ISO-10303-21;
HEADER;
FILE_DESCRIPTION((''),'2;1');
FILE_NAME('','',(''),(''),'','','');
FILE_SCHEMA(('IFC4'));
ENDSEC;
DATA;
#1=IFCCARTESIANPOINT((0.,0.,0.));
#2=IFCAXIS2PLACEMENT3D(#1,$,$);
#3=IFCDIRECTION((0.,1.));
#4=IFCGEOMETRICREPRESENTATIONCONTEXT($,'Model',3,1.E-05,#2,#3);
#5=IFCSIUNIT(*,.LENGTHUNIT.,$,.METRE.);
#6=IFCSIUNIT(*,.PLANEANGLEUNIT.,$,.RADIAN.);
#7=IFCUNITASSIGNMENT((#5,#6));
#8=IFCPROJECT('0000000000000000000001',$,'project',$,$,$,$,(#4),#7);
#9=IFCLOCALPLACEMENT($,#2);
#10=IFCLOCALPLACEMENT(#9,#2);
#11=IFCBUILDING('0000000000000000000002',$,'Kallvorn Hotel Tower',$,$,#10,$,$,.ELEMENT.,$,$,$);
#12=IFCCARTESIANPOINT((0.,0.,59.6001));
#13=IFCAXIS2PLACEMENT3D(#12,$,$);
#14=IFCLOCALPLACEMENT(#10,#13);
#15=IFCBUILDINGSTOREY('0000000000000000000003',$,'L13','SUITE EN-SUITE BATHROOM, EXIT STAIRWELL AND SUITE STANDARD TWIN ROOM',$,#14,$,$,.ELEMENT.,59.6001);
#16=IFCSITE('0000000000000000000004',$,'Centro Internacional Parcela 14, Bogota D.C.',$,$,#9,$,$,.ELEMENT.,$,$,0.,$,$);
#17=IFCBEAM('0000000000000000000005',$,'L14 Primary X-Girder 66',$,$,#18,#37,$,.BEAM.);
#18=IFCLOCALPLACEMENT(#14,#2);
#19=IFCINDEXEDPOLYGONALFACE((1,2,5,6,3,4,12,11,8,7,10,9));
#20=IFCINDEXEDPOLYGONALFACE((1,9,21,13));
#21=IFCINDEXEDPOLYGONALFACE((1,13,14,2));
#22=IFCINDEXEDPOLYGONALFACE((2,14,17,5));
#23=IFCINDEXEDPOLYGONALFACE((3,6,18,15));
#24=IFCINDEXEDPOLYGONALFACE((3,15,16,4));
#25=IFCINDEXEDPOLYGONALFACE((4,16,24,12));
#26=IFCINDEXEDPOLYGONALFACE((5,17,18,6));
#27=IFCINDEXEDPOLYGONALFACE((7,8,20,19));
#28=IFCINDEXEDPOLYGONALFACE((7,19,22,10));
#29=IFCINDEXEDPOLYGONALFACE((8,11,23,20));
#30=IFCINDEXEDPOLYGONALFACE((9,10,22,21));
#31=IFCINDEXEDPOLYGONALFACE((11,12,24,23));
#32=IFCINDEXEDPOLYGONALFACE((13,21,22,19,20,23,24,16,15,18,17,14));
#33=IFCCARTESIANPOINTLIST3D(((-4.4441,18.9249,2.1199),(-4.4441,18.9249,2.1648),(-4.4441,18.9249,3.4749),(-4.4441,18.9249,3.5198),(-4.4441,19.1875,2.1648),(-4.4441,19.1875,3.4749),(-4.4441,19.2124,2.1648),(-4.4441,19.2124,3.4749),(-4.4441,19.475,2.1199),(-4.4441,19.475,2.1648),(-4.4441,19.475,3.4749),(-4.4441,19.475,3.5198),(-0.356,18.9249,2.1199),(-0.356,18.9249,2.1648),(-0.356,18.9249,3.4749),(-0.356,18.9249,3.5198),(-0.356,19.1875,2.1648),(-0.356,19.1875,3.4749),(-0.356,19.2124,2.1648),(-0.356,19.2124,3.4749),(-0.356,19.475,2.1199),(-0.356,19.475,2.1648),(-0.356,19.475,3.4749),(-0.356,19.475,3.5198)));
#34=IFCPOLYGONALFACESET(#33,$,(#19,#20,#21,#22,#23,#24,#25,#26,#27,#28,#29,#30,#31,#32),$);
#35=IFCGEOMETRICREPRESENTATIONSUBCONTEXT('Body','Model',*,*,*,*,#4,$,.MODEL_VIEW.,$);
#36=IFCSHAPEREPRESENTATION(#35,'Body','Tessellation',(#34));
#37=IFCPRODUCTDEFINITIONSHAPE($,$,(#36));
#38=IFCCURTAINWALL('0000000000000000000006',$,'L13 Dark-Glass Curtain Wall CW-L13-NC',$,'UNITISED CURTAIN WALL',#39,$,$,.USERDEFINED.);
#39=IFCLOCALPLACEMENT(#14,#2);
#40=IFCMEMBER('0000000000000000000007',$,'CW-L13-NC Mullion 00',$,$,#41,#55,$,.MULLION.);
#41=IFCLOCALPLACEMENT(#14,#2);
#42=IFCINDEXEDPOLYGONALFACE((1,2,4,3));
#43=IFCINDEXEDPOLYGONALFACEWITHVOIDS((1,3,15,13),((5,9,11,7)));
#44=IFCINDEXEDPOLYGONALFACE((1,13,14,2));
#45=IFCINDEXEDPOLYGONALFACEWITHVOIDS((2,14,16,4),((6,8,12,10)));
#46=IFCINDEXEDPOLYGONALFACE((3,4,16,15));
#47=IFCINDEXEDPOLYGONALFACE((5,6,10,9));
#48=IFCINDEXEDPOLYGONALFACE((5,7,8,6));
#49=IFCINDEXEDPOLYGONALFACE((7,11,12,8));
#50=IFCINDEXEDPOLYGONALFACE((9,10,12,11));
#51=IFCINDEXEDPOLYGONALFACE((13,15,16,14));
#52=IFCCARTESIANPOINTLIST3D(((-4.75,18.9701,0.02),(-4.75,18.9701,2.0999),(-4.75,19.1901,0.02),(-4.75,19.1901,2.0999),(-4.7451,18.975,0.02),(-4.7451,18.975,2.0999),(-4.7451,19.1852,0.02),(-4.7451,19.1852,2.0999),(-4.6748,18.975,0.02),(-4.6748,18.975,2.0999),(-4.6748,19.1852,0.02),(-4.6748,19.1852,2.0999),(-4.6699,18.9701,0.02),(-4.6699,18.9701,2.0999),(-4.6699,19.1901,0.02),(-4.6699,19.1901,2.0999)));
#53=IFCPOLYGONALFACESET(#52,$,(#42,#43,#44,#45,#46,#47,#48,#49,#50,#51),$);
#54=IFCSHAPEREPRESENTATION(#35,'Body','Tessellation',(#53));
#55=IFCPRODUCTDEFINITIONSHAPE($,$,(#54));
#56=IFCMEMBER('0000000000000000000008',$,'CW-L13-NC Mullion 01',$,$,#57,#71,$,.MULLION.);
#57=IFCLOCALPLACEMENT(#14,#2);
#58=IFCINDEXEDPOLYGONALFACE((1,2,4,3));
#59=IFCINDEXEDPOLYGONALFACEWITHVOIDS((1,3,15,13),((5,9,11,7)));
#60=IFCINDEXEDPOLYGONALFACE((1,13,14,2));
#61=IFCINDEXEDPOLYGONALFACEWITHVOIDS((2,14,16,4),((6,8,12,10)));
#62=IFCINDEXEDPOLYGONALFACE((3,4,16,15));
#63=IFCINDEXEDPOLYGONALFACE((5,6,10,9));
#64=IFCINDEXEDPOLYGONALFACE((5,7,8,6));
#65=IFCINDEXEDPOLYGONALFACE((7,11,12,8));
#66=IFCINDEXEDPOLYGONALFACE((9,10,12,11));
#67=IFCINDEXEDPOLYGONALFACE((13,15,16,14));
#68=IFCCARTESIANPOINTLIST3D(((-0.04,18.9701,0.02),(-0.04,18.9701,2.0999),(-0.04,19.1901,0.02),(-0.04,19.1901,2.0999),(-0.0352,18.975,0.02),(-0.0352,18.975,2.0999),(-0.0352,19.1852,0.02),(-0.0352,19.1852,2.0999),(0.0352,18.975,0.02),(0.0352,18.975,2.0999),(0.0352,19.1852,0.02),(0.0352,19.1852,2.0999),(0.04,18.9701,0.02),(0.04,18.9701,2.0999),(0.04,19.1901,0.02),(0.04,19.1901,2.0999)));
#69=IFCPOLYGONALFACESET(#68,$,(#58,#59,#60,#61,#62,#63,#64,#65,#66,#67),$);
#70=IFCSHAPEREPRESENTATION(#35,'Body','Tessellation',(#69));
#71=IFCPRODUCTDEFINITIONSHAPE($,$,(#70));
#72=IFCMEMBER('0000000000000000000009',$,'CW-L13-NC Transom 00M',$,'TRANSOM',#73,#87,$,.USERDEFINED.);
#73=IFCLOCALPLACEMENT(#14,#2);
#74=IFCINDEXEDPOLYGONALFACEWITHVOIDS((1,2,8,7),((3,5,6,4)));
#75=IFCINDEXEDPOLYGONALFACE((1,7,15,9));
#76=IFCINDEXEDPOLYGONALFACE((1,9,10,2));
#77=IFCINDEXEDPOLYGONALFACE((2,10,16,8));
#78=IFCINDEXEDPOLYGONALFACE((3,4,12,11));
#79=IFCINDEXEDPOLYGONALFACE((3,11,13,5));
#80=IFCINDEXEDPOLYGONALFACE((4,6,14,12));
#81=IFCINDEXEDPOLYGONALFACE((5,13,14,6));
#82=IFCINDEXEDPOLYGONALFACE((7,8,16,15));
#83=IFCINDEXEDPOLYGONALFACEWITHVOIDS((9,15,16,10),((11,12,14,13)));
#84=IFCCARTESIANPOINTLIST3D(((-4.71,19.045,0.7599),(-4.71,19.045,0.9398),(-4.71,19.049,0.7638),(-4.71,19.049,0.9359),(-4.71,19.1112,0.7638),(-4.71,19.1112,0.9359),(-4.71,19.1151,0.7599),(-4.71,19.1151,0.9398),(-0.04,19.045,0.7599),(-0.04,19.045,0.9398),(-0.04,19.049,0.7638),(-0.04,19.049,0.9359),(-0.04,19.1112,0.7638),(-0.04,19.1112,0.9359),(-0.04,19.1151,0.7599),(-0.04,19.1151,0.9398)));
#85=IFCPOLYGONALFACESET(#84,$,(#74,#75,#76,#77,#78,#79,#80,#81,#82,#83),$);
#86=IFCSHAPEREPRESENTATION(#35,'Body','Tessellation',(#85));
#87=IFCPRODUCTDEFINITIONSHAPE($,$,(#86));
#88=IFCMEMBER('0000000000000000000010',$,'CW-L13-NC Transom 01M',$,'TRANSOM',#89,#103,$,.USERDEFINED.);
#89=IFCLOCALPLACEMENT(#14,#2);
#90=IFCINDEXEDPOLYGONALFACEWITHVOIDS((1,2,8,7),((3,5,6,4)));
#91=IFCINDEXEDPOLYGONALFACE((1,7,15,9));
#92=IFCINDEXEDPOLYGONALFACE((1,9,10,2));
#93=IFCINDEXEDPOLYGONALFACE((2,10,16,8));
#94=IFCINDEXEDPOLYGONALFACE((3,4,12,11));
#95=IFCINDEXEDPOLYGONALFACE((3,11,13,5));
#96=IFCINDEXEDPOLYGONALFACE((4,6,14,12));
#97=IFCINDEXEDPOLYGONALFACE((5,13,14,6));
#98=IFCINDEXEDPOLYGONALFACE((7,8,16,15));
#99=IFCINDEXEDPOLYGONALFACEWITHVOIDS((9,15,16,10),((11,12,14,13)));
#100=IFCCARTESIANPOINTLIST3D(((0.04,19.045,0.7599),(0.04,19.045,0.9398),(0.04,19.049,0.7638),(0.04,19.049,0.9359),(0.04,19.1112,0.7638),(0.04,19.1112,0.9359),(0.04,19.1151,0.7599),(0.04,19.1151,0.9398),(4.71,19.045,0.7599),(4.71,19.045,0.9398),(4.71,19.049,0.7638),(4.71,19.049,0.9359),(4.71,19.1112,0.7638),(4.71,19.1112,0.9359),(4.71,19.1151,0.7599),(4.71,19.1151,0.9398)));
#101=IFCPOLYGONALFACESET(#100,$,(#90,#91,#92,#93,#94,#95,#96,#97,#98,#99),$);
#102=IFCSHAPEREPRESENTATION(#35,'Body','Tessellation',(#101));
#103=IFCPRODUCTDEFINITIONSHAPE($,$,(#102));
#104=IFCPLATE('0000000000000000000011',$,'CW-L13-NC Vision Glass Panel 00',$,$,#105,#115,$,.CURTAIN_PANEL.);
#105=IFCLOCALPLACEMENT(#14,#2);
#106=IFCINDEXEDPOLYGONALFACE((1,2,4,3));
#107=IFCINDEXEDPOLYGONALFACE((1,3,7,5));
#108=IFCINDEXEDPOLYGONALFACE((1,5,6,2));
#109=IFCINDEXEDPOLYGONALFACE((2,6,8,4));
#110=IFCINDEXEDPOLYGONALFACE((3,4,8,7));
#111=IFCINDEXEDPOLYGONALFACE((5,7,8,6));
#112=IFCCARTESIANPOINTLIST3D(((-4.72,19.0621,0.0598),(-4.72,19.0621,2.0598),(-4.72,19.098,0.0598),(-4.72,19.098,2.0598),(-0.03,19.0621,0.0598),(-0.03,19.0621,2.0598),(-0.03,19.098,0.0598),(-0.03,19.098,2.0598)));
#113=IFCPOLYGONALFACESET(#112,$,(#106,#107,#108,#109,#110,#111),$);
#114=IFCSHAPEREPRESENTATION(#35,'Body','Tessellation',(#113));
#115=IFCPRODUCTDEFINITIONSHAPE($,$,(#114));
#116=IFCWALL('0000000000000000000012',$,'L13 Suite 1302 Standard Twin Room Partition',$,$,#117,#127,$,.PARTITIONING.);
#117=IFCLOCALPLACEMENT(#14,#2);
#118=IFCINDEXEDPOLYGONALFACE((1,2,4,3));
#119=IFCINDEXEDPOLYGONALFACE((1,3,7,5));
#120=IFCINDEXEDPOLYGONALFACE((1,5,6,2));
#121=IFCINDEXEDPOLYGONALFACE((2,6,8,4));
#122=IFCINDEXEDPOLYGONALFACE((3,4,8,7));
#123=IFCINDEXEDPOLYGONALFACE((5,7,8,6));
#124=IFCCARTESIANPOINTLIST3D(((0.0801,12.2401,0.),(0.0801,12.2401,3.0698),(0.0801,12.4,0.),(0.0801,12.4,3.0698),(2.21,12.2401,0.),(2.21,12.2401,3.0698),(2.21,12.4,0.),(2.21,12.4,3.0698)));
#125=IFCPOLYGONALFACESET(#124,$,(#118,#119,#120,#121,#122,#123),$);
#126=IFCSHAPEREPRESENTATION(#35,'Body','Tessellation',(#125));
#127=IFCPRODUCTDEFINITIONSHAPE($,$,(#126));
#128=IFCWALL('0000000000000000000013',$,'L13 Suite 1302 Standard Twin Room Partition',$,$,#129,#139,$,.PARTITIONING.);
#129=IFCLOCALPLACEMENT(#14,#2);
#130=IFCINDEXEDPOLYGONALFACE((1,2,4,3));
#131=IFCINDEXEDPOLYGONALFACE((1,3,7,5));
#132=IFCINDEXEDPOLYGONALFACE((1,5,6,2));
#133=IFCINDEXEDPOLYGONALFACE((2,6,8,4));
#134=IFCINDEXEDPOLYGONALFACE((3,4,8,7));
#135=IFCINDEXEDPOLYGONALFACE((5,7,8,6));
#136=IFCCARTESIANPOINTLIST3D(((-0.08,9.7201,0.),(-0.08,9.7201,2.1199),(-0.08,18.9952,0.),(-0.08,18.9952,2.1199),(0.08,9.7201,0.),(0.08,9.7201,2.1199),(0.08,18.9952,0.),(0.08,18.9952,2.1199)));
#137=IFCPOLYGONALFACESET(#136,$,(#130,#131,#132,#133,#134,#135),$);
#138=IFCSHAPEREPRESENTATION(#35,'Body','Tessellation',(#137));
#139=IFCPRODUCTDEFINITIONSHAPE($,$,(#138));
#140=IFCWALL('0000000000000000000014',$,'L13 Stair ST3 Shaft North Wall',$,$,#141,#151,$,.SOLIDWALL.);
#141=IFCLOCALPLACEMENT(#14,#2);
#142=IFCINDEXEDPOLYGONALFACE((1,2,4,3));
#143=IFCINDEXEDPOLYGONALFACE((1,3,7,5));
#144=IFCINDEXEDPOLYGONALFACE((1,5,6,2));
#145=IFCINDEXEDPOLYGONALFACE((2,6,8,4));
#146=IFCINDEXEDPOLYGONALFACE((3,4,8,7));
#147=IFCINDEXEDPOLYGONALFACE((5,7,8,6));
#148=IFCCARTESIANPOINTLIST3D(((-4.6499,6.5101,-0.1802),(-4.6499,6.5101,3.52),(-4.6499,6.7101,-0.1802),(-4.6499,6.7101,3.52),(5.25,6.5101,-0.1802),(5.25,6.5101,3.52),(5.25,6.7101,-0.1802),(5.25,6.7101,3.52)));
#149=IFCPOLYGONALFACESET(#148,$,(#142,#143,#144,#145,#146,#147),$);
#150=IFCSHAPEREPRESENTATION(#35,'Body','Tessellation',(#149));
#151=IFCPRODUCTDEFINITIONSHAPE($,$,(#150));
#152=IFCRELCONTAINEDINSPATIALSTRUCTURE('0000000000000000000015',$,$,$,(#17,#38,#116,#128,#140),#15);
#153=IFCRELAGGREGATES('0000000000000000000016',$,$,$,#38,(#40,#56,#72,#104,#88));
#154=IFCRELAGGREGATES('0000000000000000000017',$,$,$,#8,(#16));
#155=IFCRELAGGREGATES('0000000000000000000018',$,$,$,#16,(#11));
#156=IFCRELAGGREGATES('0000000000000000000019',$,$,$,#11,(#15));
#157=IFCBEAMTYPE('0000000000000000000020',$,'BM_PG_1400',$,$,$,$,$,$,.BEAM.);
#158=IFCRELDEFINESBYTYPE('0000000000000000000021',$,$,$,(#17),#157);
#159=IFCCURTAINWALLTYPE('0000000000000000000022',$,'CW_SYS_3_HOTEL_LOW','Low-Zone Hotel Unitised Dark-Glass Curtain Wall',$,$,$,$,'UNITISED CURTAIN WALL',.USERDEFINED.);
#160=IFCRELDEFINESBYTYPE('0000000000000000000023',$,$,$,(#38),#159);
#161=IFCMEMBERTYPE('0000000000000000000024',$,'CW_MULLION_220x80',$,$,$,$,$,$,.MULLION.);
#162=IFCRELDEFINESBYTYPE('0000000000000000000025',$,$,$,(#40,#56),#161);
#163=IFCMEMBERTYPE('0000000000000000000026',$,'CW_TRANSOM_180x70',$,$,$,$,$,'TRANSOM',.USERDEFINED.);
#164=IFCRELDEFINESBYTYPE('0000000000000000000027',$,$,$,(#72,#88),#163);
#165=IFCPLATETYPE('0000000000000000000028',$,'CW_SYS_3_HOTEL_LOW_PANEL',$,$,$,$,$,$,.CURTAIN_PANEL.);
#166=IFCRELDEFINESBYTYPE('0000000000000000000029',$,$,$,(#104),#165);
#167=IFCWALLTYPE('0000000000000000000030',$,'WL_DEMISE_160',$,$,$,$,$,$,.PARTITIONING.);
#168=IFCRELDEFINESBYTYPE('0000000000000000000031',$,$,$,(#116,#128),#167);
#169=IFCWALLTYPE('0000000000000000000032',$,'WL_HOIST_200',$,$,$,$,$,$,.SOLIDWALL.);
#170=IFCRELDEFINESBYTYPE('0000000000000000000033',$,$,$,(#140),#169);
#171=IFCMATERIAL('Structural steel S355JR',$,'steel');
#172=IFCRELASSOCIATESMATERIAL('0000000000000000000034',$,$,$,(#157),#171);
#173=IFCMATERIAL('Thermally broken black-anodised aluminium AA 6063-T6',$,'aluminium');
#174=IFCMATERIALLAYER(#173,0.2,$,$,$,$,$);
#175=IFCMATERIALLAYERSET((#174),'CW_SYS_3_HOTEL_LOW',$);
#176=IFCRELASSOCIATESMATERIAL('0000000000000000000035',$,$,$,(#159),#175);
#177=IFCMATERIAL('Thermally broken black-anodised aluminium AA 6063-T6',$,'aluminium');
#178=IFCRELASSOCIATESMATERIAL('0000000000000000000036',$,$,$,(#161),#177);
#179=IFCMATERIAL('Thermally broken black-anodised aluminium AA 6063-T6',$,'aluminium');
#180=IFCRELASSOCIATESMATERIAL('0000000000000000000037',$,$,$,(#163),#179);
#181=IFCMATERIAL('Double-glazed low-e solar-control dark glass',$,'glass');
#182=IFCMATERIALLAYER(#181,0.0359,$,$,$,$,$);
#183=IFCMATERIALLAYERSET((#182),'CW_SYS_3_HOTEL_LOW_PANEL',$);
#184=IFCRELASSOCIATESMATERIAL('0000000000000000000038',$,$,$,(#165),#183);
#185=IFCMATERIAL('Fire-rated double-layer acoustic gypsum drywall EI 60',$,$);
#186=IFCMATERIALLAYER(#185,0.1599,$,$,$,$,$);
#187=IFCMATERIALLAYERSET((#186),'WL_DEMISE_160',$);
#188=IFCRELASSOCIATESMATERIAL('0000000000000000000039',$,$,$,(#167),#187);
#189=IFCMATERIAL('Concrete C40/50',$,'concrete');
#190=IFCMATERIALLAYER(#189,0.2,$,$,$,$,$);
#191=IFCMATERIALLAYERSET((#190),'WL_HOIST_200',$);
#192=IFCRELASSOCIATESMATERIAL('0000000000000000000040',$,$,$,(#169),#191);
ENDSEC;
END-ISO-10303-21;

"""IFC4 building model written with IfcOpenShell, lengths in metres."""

from ifc_helpers import new_model, si_unit, direction, frame, frame_2d, origin, origin_2d, place, context, subcontext, project, spatial, rectangle, hollow_rectangle, i_section, extrude, material, layer, layer_set, material_profile, profile_set, type_object, element, aggregate, save


model = new_model("IFC4")

# Units and contexts
model_context = context("Model", 3, precision=1e-05, world=origin(), true_north=direction((0.0, 1.0)))
body_context = subcontext(model_context, "Body", "Model", "MODEL_VIEW")
ifc_project = project(units=[si_unit("LENGTHUNIT", "METRE"), si_unit("PLANEANGLEUNIT", "RADIAN")], contexts=[model_context])

# Site, building, storey
site_placement = place(None, origin())
site = spatial("IfcSite", under=ifc_project, at=site_placement, Name="Centro Internacional Parcela 14, Bogota D.C.", CompositionType="ELEMENT", RefElevation=0.0)
building_placement = place(site_placement, origin())
building = spatial("IfcBuilding", under=site, at=building_placement, Name="Kallvorn Hotel Tower", CompositionType="ELEMENT")
storey_placement = place(building_placement, frame((0.0, 0.0, 59.6001)))
storey = spatial("IfcBuildingStorey", under=building, at=storey_placement, Name="L13", Description="SUITE EN-SUITE BATHROOM, EXIT STAIRWELL AND SUITE STANDARD TWIN ROOM", CompositionType="ELEMENT", Elevation=59.6001)

# Beam
ifc_material_1 = material(Name="Structural steel S355JR", Category="steel")
ifc_material_profile_1 = material_profile(ifc_material_1, i_section(OverallWidth=0.55, OverallDepth=1.3999, WebThickness=0.0249, FlangeThickness=0.0449, at=origin_2d()), Name="PG 1400x550x25x45")
ifc_profile_set_1 = profile_set([ifc_material_profile_1], Name="Structural steel S355JR")
beam_type_1 = type_object("IfcBeamType", Name="BM_PG_1400", PredefinedType="BEAM", material=ifc_profile_set_1)
beam_1_placement = place(storey_placement, frame((-4.4441, 19.2, 2.8198), z_axis=(1.0, 0.0, 0.0), x_axis=(0.0, 1.0, 0.0)))
element("IfcBeam", 1, at=beam_1_placement, inside=storey, type_object=beam_type_1, Name="L14 Primary X-Girder 66", PredefinedType="BEAM", context=body_context, shape_type="SweptSolid", body=[
    extrude(i_section(OverallWidth=0.55, OverallDepth=1.3999, WebThickness=0.0249, FlangeThickness=0.0449, at=origin_2d()), origin(), (0.0, 0.0, 1.0), 4.0881),
])

# Curtain wall, members, plate
ifc_material_2 = material(Name="Thermally broken black-anodised aluminium AA 6063-T6", Category="aluminium")
ifc_layer_1 = layer(ifc_material_2, 0.2)
ifc_layer_set_1 = layer_set([ifc_layer_1], Name="CW_SYS_3_HOTEL_LOW")
curtain_wall_type = type_object("IfcCurtainWallType", Name="CW_SYS_3_HOTEL_LOW", Description="Low-Zone Hotel Unitised Dark-Glass Curtain Wall", ElementType="UNITISED CURTAIN WALL", PredefinedType="USERDEFINED", material=ifc_layer_set_1)
curtain_wall_placement = place(storey_placement, origin())
curtain_wall = element("IfcCurtainWall", 2, at=curtain_wall_placement, inside=storey, type_object=curtain_wall_type, Name="L13 Dark-Glass Curtain Wall CW-L13-NC", ObjectType="UNITISED CURTAIN WALL", PredefinedType="USERDEFINED")
ifc_material_3 = material(Name="Thermally broken black-anodised aluminium AA 6063-T6", Category="aluminium")
ifc_material_profile_2 = material_profile(ifc_material_3, hollow_rectangle(XDim=0.0801, YDim=0.22, WallThickness=0.0049, at=origin_2d()), Name="MUL 220x80")
ifc_profile_set_2 = profile_set([ifc_material_profile_2], Name="Thermally broken black-anodised aluminium AA 6063-T6")
member_type_1 = type_object("IfcMemberType", Name="CW_MULLION_220x80", PredefinedType="MULLION", material=ifc_profile_set_2)
member_1_placement = place(storey_placement, frame((-4.71, 19.0801, 0.02), z_axis=(0.0, 0.0, 1.0), x_axis=(1.0, 0.0, 0.0)))
member_1 = element("IfcMember", 3, at=member_1_placement, type_object=member_type_1, Name="CW-L13-NC Mullion 00", PredefinedType="MULLION", context=body_context, shape_type="SweptSolid", body=[
    extrude(hollow_rectangle(XDim=0.0801, YDim=0.22, WallThickness=0.0049, at=origin_2d()), origin(), (0.0, 0.0, 1.0), 2.0798),
])
member_2_placement = place(storey_placement, frame((0.0, 19.0801, 0.02), z_axis=(0.0, 0.0, 1.0), x_axis=(1.0, 0.0, 0.0)))
member_2 = element("IfcMember", 4, at=member_2_placement, type_object=member_type_1, Name="CW-L13-NC Mullion 01", PredefinedType="MULLION", context=body_context, shape_type="SweptSolid", body=[
    extrude(hollow_rectangle(XDim=0.0801, YDim=0.22, WallThickness=0.0049, at=origin_2d()), origin(), (0.0, 0.0, 1.0), 2.0798),
])
ifc_material_4 = material(Name="Thermally broken black-anodised aluminium AA 6063-T6", Category="aluminium")
ifc_material_profile_3 = material_profile(ifc_material_4, hollow_rectangle(XDim=0.0701, YDim=0.1799, WallThickness=0.0039, at=origin_2d()), Name="TRN 180x70")
ifc_profile_set_3 = profile_set([ifc_material_profile_3], Name="Thermally broken black-anodised aluminium AA 6063-T6")
member_type_2 = type_object("IfcMemberType", Name="CW_TRANSOM_180x70", ElementType="TRANSOM", PredefinedType="USERDEFINED", material=ifc_profile_set_3)
member_3_placement = place(storey_placement, frame((-4.71, 19.0801, 0.8499), z_axis=(1.0, 0.0, 0.0), x_axis=(0.0, 1.0, 0.0)))
member_3 = element("IfcMember", 5, at=member_3_placement, type_object=member_type_2, Name="CW-L13-NC Transom 00M", ObjectType="TRANSOM", PredefinedType="USERDEFINED", context=body_context, shape_type="SweptSolid", body=[
    extrude(hollow_rectangle(XDim=0.0701, YDim=0.1799, WallThickness=0.0039, at=origin_2d()), origin(), (0.0, 0.0, 1.0), 4.6699),
])
member_4_placement = place(storey_placement, frame((0.04, 19.0801, 0.8499), z_axis=(1.0, 0.0, 0.0), x_axis=(0.0, 1.0, 0.0)))
member_4 = element("IfcMember", 6, at=member_4_placement, type_object=member_type_2, Name="CW-L13-NC Transom 01M", ObjectType="TRANSOM", PredefinedType="USERDEFINED", context=body_context, shape_type="SweptSolid", body=[
    extrude(hollow_rectangle(XDim=0.0701, YDim=0.1799, WallThickness=0.0039, at=origin_2d()), origin(), (0.0, 0.0, 1.0), 4.6699),
])
ifc_material_5 = material(Name="Double-glazed low-e solar-control dark glass", Category="glass")
ifc_layer_2 = layer(ifc_material_5, 0.0359)
ifc_layer_set_2 = layer_set([ifc_layer_2], Name="CW_SYS_3_HOTEL_LOW_PANEL")
plate_type = type_object("IfcPlateType", Name="CW_SYS_3_HOTEL_LOW_PANEL", PredefinedType="CURTAIN_PANEL", material=ifc_layer_set_2)
plate_placement = place(storey_placement, frame((-2.375, 19.0801, 0.0598), z_axis=(0.0, 0.0, 1.0), x_axis=(1.0, 0.0, 0.0)))
plate = element("IfcPlate", 7, at=plate_placement, type_object=plate_type, Name="CW-L13-NC Vision Glass Panel 00", PredefinedType="CURTAIN_PANEL", context=body_context, shape_type="SweptSolid", body=[
    extrude(rectangle(XDim=4.6899, YDim=0.0359, at=origin_2d()), origin(), (0.0, 0.0, 1.0), 2.0),
])
aggregate(curtain_wall, [member_1, member_2, member_3, plate, member_4])

# Walls
ifc_material_6 = material(Name="Fire-rated double-layer acoustic gypsum drywall EI 60")
ifc_layer_3 = layer(ifc_material_6, 0.1599)
ifc_layer_set_3 = layer_set([ifc_layer_3], Name="WL_DEMISE_160")
wall_type_1 = type_object("IfcWallType", Name="WL_DEMISE_160", PredefinedType="PARTITIONING", material=ifc_layer_set_3)
wall_1_placement = place(storey_placement, frame((0.0801, 12.3201, 0.0), z_axis=(0.0, 0.0, 1.0), x_axis=(1.0, 0.0, 0.0)))
element("IfcWall", 8, at=wall_1_placement, inside=storey, type_object=wall_type_1, Name="L13 Suite 1302 Standard Twin Room Partition", PredefinedType="PARTITIONING", context=body_context, shape_type="SweptSolid", body=[
    extrude(rectangle(XDim=2.1299, YDim=0.1599, at=frame_2d((1.0649, 0.0))), origin(), (0.0, 0.0, 1.0), 3.0698),
])
wall_2_placement = place(storey_placement, frame((0.0, 9.72, 0.0), z_axis=(0.0, 0.0, 1.0), x_axis=(0.0, 1.0, 0.0)))
element("IfcWall", 9, at=wall_2_placement, inside=storey, type_object=wall_type_1, Name="L13 Suite 1302 Standard Twin Room Partition", PredefinedType="PARTITIONING", context=body_context, shape_type="SweptSolid", body=[
    extrude(rectangle(XDim=9.2751, YDim=0.1599, at=frame_2d((4.6377, 0.0))), origin(), (0.0, 0.0, 1.0), 2.1199),
])
ifc_material_7 = material(Name="Concrete C40/50", Category="concrete")
ifc_layer_4 = layer(ifc_material_7, 0.2)
ifc_layer_set_4 = layer_set([ifc_layer_4], Name="WL_HOIST_200")
wall_type_2 = type_object("IfcWallType", Name="WL_HOIST_200", PredefinedType="SOLIDWALL", material=ifc_layer_set_4)
wall_3_placement = place(storey_placement, frame((-4.6499, 6.6101, -0.1802), z_axis=(0.0, 0.0, 1.0), x_axis=(1.0, 0.0, 0.0)))
element("IfcWall", 10, at=wall_3_placement, inside=storey, type_object=wall_type_2, Name="L13 Stair ST3 Shaft North Wall", PredefinedType="SOLIDWALL", context=body_context, shape_type="SweptSolid", body=[
    extrude(rectangle(XDim=9.8999, YDim=0.2, at=frame_2d((4.95, 0.0))), origin(), (0.0, 0.0, 1.0), 3.7002),
])

save(model, "model.ifc")
